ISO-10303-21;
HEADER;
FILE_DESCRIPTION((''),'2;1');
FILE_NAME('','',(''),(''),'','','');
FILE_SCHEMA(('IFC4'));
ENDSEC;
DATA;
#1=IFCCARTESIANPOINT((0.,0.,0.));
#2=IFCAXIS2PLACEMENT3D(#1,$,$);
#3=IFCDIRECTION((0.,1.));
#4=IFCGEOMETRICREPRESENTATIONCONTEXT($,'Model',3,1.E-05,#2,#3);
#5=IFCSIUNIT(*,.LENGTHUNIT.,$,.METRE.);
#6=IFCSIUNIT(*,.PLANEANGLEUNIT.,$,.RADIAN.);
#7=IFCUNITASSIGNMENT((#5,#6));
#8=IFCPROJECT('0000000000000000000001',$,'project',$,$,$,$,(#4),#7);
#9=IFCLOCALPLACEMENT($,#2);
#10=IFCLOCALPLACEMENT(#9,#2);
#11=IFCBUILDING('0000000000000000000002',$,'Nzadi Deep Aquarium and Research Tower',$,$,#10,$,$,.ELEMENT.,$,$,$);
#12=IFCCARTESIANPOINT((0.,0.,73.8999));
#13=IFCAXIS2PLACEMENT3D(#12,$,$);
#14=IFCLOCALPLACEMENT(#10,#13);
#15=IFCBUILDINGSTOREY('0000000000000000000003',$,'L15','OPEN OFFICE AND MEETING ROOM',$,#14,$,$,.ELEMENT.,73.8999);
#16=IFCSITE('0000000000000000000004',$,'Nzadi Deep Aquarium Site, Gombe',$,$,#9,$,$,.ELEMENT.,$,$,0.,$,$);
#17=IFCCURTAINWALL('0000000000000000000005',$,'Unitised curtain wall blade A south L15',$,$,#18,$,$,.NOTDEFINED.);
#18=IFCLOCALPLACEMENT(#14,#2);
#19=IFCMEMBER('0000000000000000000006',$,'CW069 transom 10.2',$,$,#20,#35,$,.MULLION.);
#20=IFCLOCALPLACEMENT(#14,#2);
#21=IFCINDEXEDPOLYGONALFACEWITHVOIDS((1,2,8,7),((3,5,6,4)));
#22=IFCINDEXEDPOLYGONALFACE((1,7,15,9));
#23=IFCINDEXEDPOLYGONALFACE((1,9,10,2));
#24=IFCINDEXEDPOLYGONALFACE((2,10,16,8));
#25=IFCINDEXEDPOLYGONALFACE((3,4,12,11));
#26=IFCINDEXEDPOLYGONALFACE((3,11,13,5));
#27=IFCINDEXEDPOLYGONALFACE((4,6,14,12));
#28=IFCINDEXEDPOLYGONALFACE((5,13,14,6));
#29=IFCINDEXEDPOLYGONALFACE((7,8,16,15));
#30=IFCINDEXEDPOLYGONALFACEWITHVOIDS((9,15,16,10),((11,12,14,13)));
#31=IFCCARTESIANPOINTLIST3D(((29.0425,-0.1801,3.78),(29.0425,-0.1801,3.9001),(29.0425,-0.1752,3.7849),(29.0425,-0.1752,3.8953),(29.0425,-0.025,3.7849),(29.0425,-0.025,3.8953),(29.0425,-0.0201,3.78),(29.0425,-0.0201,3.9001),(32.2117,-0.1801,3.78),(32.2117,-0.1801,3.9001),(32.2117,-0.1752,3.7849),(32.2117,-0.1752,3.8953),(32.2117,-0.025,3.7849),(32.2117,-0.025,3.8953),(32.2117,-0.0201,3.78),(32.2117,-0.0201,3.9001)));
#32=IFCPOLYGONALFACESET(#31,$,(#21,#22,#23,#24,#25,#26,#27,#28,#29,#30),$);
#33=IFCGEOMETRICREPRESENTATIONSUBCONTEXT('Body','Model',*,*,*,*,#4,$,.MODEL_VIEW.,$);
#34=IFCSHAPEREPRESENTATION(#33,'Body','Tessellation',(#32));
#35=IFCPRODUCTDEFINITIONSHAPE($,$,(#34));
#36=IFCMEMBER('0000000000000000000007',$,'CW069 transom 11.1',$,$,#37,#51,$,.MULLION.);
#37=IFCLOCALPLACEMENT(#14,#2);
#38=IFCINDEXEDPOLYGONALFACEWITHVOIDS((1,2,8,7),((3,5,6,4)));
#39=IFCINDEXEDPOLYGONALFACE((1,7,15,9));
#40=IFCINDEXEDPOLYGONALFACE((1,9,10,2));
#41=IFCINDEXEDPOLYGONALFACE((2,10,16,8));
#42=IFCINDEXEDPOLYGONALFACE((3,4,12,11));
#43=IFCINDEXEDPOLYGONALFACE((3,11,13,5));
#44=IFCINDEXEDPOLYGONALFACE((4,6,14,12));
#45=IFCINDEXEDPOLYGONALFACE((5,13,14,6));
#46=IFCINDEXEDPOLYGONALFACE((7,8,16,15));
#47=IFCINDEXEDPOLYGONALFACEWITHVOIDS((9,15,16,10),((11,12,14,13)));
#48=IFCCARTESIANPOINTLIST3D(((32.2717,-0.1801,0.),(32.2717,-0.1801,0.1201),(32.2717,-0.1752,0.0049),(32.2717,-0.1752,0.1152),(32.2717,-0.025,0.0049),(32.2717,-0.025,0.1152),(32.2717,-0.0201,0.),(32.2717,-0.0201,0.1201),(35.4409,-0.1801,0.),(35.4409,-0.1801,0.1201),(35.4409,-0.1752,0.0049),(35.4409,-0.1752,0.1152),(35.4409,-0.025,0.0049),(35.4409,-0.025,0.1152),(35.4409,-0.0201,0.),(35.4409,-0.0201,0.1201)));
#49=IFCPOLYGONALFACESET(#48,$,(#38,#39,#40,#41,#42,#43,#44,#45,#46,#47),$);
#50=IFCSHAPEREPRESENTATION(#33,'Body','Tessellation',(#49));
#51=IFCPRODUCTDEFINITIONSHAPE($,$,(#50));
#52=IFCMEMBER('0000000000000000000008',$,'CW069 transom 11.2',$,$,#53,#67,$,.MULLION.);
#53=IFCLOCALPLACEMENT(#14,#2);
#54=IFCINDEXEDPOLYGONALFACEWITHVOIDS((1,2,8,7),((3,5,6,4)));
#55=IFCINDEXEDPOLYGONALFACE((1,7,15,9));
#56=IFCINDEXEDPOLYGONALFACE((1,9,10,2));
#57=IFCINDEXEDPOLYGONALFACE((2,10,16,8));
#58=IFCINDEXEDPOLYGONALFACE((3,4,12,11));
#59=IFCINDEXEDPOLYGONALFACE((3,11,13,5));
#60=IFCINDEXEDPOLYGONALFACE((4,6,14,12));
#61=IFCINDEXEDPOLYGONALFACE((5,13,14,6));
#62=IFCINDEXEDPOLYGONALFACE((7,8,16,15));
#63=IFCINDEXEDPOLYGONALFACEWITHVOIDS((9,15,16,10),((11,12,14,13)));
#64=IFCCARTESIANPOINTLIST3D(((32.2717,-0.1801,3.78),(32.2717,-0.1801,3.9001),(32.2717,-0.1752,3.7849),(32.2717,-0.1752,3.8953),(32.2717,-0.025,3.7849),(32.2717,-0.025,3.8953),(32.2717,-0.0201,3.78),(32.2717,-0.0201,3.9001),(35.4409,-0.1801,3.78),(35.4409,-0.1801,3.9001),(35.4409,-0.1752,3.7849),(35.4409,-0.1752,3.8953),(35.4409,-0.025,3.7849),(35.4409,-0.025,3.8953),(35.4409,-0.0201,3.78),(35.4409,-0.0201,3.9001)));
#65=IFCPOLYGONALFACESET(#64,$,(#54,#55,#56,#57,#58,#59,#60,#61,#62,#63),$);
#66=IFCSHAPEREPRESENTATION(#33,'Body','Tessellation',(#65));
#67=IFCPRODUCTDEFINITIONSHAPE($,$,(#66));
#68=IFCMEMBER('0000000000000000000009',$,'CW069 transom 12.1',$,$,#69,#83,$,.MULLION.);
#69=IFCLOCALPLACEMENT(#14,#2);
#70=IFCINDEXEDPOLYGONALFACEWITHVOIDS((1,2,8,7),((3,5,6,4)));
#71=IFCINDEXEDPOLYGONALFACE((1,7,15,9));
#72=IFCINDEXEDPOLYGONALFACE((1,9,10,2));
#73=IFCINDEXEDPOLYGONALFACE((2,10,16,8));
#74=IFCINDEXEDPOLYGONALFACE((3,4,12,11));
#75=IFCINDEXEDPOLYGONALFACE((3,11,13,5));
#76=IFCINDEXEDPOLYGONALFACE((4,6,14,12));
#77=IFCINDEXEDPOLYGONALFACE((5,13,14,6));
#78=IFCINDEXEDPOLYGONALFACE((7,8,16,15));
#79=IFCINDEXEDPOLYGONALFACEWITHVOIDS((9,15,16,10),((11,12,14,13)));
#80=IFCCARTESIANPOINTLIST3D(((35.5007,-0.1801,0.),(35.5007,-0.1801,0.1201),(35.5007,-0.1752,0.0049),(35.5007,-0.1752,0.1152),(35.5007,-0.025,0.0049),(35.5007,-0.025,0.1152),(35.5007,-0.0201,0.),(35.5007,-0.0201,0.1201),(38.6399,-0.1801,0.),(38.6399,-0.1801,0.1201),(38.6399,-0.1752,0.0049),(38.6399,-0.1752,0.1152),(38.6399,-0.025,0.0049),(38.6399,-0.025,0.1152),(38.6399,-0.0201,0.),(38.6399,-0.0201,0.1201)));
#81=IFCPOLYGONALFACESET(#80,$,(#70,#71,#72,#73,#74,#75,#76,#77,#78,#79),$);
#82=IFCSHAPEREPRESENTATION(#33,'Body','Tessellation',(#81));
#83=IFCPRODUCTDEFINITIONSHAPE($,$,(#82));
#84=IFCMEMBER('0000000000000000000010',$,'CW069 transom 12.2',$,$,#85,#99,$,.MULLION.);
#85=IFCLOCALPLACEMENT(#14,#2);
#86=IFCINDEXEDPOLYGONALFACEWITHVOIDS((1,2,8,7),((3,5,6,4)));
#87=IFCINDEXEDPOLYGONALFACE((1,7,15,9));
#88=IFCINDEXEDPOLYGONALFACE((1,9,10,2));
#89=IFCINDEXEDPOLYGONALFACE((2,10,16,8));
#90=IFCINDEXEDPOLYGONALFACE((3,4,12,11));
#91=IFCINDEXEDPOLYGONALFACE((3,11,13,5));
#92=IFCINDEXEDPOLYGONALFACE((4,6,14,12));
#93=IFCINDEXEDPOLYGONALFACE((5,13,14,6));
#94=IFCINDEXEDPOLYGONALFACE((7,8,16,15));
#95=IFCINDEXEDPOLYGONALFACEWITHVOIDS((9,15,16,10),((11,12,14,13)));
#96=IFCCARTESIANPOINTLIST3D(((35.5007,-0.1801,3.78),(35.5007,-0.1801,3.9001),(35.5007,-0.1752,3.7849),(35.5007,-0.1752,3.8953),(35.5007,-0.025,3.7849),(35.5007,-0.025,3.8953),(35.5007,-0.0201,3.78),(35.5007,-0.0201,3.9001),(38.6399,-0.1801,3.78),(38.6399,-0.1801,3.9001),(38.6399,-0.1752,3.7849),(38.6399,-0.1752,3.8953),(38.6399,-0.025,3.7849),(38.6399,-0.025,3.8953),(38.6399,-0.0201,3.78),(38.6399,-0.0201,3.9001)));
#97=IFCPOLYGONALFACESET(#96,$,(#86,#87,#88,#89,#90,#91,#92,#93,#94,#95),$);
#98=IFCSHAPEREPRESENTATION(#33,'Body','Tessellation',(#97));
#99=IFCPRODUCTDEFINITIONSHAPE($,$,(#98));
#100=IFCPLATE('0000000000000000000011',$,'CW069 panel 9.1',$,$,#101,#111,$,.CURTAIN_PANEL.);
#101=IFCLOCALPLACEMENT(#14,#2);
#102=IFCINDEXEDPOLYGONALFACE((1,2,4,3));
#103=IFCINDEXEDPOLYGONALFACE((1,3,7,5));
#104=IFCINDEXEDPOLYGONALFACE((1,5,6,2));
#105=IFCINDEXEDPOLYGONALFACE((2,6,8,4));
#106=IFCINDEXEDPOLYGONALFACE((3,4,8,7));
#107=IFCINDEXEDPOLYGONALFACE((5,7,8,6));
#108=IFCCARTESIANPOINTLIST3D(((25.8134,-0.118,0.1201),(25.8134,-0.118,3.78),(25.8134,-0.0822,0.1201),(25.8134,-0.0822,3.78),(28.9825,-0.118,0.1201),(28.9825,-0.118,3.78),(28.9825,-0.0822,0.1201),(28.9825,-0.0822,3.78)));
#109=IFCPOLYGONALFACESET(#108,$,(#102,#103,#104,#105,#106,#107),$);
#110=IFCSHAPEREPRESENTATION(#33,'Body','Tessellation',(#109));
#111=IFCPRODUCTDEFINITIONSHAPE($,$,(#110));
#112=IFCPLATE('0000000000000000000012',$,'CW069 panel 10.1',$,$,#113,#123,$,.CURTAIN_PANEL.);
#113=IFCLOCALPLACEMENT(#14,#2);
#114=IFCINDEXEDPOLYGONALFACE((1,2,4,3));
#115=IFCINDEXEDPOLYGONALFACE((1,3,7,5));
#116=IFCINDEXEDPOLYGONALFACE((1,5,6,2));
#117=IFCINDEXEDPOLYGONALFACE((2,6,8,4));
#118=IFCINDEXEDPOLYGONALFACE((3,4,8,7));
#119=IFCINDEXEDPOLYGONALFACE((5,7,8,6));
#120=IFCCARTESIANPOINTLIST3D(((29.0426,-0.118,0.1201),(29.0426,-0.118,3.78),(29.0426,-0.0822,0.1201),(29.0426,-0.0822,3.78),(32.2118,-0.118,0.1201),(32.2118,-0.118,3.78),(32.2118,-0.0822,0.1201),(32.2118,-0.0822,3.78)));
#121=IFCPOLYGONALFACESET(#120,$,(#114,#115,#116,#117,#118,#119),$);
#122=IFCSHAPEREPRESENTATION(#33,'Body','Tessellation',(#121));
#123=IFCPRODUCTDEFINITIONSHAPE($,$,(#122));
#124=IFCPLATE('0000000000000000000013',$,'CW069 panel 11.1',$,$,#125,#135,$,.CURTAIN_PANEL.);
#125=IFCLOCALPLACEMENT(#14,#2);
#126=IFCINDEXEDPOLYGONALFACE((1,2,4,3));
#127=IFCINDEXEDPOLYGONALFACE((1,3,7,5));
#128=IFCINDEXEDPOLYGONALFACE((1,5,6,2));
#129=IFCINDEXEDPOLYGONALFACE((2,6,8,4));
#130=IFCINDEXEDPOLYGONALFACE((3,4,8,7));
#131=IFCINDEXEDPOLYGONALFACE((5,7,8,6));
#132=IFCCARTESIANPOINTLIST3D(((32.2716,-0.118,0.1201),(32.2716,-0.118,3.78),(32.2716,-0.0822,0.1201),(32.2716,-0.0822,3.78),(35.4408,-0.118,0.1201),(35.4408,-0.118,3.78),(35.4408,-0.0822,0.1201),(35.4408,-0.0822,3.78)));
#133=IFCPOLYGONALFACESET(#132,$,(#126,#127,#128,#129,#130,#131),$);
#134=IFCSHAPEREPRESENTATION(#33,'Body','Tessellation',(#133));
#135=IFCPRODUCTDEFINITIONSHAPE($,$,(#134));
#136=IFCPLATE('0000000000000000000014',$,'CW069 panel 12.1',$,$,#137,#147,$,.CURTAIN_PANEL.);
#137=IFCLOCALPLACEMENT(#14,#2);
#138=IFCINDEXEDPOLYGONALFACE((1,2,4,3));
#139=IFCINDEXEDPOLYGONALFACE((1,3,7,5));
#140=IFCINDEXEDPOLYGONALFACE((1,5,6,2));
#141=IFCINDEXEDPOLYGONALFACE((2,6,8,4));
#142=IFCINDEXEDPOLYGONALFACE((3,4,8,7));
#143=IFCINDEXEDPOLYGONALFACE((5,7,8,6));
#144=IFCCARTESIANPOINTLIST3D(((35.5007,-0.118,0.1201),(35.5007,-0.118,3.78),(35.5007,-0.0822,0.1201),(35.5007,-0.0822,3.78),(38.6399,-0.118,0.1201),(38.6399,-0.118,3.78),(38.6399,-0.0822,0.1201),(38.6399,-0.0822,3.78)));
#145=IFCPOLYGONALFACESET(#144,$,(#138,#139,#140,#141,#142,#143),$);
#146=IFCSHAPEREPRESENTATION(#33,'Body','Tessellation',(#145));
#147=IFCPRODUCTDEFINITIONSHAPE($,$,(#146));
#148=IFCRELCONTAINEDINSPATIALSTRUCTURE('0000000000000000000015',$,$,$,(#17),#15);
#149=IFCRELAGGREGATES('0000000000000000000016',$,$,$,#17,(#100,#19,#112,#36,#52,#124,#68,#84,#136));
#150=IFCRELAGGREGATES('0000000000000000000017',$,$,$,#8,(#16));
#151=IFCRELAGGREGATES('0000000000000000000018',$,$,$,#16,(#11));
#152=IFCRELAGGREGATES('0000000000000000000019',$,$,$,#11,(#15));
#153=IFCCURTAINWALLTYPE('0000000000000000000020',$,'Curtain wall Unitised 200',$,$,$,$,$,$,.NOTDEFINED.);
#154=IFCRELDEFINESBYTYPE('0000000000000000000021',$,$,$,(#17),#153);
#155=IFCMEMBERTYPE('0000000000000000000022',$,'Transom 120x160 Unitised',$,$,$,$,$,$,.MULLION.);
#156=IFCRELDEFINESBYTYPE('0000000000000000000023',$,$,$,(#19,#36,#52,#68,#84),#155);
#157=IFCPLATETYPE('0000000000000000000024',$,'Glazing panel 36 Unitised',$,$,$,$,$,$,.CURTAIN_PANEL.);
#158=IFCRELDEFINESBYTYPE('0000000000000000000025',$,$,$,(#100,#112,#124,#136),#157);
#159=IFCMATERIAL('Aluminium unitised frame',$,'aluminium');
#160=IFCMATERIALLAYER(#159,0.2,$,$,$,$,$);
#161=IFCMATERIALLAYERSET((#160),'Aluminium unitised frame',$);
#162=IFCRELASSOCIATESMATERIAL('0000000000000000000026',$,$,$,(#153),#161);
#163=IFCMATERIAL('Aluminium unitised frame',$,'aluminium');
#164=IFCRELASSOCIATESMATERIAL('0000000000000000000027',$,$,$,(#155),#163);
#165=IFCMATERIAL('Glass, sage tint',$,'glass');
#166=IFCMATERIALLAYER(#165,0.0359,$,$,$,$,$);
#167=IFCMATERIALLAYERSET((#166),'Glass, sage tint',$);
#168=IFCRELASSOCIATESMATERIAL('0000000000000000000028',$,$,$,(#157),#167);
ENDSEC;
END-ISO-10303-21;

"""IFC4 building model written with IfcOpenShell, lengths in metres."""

from ifc_helpers import new_model, si_unit, direction, frame, origin, origin_2d, place, context, subcontext, project, spatial, rectangle, hollow_rectangle, extrude, material, layer, layer_set, material_profile, profile_set, type_object, element, aggregate, save


model = new_model("IFC4")

# Units and contexts
model_context = context("Model", 3, precision=1e-05, world=origin(), true_north=direction((0.0, 1.0)))
body_context = subcontext(model_context, "Body", "Model", "MODEL_VIEW")
ifc_project = project(units=[si_unit("LENGTHUNIT", "METRE"), si_unit("PLANEANGLEUNIT", "RADIAN")], contexts=[model_context])

# Site, building, storey
site_placement = place(None, origin())
site = spatial("IfcSite", under=ifc_project, at=site_placement, Name="Nzadi Deep Aquarium Site, Gombe", CompositionType="ELEMENT", RefElevation=0.0)
building_placement = place(site_placement, origin())
building = spatial("IfcBuilding", under=site, at=building_placement, Name="Nzadi Deep Aquarium and Research Tower", CompositionType="ELEMENT")
storey_placement = place(building_placement, frame((0.0, 0.0, 73.8999)))
storey = spatial("IfcBuildingStorey", under=building, at=storey_placement, Name="L15", Description="OPEN OFFICE AND MEETING ROOM", CompositionType="ELEMENT", Elevation=73.8999)

# Curtain wall
ifc_material_1 = material(Name="Aluminium unitised frame", Category="aluminium")
ifc_layer_1 = layer(ifc_material_1, 0.2)
ifc_layer_set_1 = layer_set([ifc_layer_1], Name="Aluminium unitised frame")
curtain_wall_type = type_object("IfcCurtainWallType", Name="Curtain wall Unitised 200", PredefinedType="NOTDEFINED", material=ifc_layer_set_1)
curtain_wall_placement = place(storey_placement, origin())
curtain_wall = element("IfcCurtainWall", 1, at=curtain_wall_placement, inside=storey, type_object=curtain_wall_type, Name="Unitised curtain wall blade A south L15", PredefinedType="NOTDEFINED")

# Members
ifc_material_2 = material(Name="Aluminium unitised frame", Category="aluminium")
ifc_material_profile_1 = material_profile(ifc_material_2, hollow_rectangle(XDim=0.1599, YDim=0.1201, WallThickness=0.0049, at=origin_2d()))
ifc_profile_set_1 = profile_set([ifc_material_profile_1], Name="Aluminium unitised frame")
member_type_1 = type_object("IfcMemberType", Name="Transom 120x160 Unitised", PredefinedType="MULLION", material=ifc_profile_set_1)
member_1_placement = place(storey_placement, frame((29.0425, -0.1001, 3.8401), z_axis=(1.0, 0.0, 0.0), x_axis=(0.0, 1.0, 0.0)))
member_1 = element("IfcMember", 2, at=member_1_placement, type_object=member_type_1, Name="CW069 transom 10.2", PredefinedType="MULLION", context=body_context, shape_type="SweptSolid", body=[
    extrude(hollow_rectangle(XDim=0.1599, YDim=0.1201, WallThickness=0.0049, at=origin_2d()), origin(), (0.0, 0.0, 1.0), 3.1692),
])
member_2_placement = place(storey_placement, frame((32.2717, -0.1001, 0.0601), z_axis=(1.0, 0.0, 0.0), x_axis=(0.0, 1.0, 0.0)))
member_2 = element("IfcMember", 3, at=member_2_placement, type_object=member_type_1, Name="CW069 transom 11.1", PredefinedType="MULLION", context=body_context, shape_type="SweptSolid", body=[
    extrude(hollow_rectangle(XDim=0.1599, YDim=0.1201, WallThickness=0.0049, at=origin_2d()), origin(), (0.0, 0.0, 1.0), 3.1692),
])
member_3_placement = place(storey_placement, frame((32.2717, -0.1001, 3.8401), z_axis=(1.0, 0.0, 0.0), x_axis=(0.0, 1.0, 0.0)))
member_3 = element("IfcMember", 4, at=member_3_placement, type_object=member_type_1, Name="CW069 transom 11.2", PredefinedType="MULLION", context=body_context, shape_type="SweptSolid", body=[
    extrude(hollow_rectangle(XDim=0.1599, YDim=0.1201, WallThickness=0.0049, at=origin_2d()), origin(), (0.0, 0.0, 1.0), 3.1692),
])
member_4_placement = place(storey_placement, frame((35.5007, -0.1001, 0.0601), z_axis=(1.0, 0.0, 0.0), x_axis=(0.0, 1.0, 0.0)))
member_4 = element("IfcMember", 5, at=member_4_placement, type_object=member_type_1, Name="CW069 transom 12.1", PredefinedType="MULLION", context=body_context, shape_type="SweptSolid", body=[
    extrude(hollow_rectangle(XDim=0.1599, YDim=0.1201, WallThickness=0.0049, at=origin_2d()), origin(), (0.0, 0.0, 1.0), 3.1392),
])
member_5_placement = place(storey_placement, frame((35.5007, -0.1001, 3.8401), z_axis=(1.0, 0.0, 0.0), x_axis=(0.0, 1.0, 0.0)))
member_5 = element("IfcMember", 6, at=member_5_placement, type_object=member_type_1, Name="CW069 transom 12.2", PredefinedType="MULLION", context=body_context, shape_type="SweptSolid", body=[
    extrude(hollow_rectangle(XDim=0.1599, YDim=0.1201, WallThickness=0.0049, at=origin_2d()), origin(), (0.0, 0.0, 1.0), 3.1392),
])

# Plates
ifc_material_3 = material(Name="Glass, sage tint", Category="glass")
ifc_layer_2 = layer(ifc_material_3, 0.0359)
ifc_layer_set_2 = layer_set([ifc_layer_2], Name="Glass, sage tint")
plate_type = type_object("IfcPlateType", Name="Glazing panel 36 Unitised", PredefinedType="CURTAIN_PANEL", material=ifc_layer_set_2)
plate_1_placement = place(storey_placement, frame((27.3979, -0.1001, 0.1201), z_axis=(0.0, 0.0, 1.0), x_axis=(1.0, 0.0, 0.0)))
plate_1 = element("IfcPlate", 7, at=plate_1_placement, type_object=plate_type, Name="CW069 panel 9.1", PredefinedType="CURTAIN_PANEL", context=body_context, shape_type="SweptSolid", body=[
    extrude(rectangle(XDim=3.1692, YDim=0.0359, at=origin_2d()), origin(), (0.0, 0.0, 1.0), 3.6599),
])
plate_2_placement = place(storey_placement, frame((30.6272, -0.1001, 0.1201), z_axis=(0.0, 0.0, 1.0), x_axis=(1.0, 0.0, 0.0)))
plate_2 = element("IfcPlate", 8, at=plate_2_placement, type_object=plate_type, Name="CW069 panel 10.1", PredefinedType="CURTAIN_PANEL", context=body_context, shape_type="SweptSolid", body=[
    extrude(rectangle(XDim=3.1692, YDim=0.0359, at=origin_2d()), origin(), (0.0, 0.0, 1.0), 3.6599),
])
plate_3_placement = place(storey_placement, frame((33.8562, -0.1001, 0.1201), z_axis=(0.0, 0.0, 1.0), x_axis=(1.0, 0.0, 0.0)))
plate_3 = element("IfcPlate", 9, at=plate_3_placement, type_object=plate_type, Name="CW069 panel 11.1", PredefinedType="CURTAIN_PANEL", context=body_context, shape_type="SweptSolid", body=[
    extrude(rectangle(XDim=3.1692, YDim=0.0359, at=origin_2d()), origin(), (0.0, 0.0, 1.0), 3.6599),
])
plate_4_placement = place(storey_placement, frame((37.0703, -0.1001, 0.1201), z_axis=(0.0, 0.0, 1.0), x_axis=(1.0, 0.0, 0.0)))
plate_4 = element("IfcPlate", 10, at=plate_4_placement, type_object=plate_type, Name="CW069 panel 12.1", PredefinedType="CURTAIN_PANEL", context=body_context, shape_type="SweptSolid", body=[
    extrude(rectangle(XDim=3.1392, YDim=0.0359, at=origin_2d()), origin(), (0.0, 0.0, 1.0), 3.6599),
])
aggregate(curtain_wall, [plate_1, member_1, plate_2, member_2, member_3, plate_3, member_4, member_5, plate_4])

save(model, "model.ifc")
